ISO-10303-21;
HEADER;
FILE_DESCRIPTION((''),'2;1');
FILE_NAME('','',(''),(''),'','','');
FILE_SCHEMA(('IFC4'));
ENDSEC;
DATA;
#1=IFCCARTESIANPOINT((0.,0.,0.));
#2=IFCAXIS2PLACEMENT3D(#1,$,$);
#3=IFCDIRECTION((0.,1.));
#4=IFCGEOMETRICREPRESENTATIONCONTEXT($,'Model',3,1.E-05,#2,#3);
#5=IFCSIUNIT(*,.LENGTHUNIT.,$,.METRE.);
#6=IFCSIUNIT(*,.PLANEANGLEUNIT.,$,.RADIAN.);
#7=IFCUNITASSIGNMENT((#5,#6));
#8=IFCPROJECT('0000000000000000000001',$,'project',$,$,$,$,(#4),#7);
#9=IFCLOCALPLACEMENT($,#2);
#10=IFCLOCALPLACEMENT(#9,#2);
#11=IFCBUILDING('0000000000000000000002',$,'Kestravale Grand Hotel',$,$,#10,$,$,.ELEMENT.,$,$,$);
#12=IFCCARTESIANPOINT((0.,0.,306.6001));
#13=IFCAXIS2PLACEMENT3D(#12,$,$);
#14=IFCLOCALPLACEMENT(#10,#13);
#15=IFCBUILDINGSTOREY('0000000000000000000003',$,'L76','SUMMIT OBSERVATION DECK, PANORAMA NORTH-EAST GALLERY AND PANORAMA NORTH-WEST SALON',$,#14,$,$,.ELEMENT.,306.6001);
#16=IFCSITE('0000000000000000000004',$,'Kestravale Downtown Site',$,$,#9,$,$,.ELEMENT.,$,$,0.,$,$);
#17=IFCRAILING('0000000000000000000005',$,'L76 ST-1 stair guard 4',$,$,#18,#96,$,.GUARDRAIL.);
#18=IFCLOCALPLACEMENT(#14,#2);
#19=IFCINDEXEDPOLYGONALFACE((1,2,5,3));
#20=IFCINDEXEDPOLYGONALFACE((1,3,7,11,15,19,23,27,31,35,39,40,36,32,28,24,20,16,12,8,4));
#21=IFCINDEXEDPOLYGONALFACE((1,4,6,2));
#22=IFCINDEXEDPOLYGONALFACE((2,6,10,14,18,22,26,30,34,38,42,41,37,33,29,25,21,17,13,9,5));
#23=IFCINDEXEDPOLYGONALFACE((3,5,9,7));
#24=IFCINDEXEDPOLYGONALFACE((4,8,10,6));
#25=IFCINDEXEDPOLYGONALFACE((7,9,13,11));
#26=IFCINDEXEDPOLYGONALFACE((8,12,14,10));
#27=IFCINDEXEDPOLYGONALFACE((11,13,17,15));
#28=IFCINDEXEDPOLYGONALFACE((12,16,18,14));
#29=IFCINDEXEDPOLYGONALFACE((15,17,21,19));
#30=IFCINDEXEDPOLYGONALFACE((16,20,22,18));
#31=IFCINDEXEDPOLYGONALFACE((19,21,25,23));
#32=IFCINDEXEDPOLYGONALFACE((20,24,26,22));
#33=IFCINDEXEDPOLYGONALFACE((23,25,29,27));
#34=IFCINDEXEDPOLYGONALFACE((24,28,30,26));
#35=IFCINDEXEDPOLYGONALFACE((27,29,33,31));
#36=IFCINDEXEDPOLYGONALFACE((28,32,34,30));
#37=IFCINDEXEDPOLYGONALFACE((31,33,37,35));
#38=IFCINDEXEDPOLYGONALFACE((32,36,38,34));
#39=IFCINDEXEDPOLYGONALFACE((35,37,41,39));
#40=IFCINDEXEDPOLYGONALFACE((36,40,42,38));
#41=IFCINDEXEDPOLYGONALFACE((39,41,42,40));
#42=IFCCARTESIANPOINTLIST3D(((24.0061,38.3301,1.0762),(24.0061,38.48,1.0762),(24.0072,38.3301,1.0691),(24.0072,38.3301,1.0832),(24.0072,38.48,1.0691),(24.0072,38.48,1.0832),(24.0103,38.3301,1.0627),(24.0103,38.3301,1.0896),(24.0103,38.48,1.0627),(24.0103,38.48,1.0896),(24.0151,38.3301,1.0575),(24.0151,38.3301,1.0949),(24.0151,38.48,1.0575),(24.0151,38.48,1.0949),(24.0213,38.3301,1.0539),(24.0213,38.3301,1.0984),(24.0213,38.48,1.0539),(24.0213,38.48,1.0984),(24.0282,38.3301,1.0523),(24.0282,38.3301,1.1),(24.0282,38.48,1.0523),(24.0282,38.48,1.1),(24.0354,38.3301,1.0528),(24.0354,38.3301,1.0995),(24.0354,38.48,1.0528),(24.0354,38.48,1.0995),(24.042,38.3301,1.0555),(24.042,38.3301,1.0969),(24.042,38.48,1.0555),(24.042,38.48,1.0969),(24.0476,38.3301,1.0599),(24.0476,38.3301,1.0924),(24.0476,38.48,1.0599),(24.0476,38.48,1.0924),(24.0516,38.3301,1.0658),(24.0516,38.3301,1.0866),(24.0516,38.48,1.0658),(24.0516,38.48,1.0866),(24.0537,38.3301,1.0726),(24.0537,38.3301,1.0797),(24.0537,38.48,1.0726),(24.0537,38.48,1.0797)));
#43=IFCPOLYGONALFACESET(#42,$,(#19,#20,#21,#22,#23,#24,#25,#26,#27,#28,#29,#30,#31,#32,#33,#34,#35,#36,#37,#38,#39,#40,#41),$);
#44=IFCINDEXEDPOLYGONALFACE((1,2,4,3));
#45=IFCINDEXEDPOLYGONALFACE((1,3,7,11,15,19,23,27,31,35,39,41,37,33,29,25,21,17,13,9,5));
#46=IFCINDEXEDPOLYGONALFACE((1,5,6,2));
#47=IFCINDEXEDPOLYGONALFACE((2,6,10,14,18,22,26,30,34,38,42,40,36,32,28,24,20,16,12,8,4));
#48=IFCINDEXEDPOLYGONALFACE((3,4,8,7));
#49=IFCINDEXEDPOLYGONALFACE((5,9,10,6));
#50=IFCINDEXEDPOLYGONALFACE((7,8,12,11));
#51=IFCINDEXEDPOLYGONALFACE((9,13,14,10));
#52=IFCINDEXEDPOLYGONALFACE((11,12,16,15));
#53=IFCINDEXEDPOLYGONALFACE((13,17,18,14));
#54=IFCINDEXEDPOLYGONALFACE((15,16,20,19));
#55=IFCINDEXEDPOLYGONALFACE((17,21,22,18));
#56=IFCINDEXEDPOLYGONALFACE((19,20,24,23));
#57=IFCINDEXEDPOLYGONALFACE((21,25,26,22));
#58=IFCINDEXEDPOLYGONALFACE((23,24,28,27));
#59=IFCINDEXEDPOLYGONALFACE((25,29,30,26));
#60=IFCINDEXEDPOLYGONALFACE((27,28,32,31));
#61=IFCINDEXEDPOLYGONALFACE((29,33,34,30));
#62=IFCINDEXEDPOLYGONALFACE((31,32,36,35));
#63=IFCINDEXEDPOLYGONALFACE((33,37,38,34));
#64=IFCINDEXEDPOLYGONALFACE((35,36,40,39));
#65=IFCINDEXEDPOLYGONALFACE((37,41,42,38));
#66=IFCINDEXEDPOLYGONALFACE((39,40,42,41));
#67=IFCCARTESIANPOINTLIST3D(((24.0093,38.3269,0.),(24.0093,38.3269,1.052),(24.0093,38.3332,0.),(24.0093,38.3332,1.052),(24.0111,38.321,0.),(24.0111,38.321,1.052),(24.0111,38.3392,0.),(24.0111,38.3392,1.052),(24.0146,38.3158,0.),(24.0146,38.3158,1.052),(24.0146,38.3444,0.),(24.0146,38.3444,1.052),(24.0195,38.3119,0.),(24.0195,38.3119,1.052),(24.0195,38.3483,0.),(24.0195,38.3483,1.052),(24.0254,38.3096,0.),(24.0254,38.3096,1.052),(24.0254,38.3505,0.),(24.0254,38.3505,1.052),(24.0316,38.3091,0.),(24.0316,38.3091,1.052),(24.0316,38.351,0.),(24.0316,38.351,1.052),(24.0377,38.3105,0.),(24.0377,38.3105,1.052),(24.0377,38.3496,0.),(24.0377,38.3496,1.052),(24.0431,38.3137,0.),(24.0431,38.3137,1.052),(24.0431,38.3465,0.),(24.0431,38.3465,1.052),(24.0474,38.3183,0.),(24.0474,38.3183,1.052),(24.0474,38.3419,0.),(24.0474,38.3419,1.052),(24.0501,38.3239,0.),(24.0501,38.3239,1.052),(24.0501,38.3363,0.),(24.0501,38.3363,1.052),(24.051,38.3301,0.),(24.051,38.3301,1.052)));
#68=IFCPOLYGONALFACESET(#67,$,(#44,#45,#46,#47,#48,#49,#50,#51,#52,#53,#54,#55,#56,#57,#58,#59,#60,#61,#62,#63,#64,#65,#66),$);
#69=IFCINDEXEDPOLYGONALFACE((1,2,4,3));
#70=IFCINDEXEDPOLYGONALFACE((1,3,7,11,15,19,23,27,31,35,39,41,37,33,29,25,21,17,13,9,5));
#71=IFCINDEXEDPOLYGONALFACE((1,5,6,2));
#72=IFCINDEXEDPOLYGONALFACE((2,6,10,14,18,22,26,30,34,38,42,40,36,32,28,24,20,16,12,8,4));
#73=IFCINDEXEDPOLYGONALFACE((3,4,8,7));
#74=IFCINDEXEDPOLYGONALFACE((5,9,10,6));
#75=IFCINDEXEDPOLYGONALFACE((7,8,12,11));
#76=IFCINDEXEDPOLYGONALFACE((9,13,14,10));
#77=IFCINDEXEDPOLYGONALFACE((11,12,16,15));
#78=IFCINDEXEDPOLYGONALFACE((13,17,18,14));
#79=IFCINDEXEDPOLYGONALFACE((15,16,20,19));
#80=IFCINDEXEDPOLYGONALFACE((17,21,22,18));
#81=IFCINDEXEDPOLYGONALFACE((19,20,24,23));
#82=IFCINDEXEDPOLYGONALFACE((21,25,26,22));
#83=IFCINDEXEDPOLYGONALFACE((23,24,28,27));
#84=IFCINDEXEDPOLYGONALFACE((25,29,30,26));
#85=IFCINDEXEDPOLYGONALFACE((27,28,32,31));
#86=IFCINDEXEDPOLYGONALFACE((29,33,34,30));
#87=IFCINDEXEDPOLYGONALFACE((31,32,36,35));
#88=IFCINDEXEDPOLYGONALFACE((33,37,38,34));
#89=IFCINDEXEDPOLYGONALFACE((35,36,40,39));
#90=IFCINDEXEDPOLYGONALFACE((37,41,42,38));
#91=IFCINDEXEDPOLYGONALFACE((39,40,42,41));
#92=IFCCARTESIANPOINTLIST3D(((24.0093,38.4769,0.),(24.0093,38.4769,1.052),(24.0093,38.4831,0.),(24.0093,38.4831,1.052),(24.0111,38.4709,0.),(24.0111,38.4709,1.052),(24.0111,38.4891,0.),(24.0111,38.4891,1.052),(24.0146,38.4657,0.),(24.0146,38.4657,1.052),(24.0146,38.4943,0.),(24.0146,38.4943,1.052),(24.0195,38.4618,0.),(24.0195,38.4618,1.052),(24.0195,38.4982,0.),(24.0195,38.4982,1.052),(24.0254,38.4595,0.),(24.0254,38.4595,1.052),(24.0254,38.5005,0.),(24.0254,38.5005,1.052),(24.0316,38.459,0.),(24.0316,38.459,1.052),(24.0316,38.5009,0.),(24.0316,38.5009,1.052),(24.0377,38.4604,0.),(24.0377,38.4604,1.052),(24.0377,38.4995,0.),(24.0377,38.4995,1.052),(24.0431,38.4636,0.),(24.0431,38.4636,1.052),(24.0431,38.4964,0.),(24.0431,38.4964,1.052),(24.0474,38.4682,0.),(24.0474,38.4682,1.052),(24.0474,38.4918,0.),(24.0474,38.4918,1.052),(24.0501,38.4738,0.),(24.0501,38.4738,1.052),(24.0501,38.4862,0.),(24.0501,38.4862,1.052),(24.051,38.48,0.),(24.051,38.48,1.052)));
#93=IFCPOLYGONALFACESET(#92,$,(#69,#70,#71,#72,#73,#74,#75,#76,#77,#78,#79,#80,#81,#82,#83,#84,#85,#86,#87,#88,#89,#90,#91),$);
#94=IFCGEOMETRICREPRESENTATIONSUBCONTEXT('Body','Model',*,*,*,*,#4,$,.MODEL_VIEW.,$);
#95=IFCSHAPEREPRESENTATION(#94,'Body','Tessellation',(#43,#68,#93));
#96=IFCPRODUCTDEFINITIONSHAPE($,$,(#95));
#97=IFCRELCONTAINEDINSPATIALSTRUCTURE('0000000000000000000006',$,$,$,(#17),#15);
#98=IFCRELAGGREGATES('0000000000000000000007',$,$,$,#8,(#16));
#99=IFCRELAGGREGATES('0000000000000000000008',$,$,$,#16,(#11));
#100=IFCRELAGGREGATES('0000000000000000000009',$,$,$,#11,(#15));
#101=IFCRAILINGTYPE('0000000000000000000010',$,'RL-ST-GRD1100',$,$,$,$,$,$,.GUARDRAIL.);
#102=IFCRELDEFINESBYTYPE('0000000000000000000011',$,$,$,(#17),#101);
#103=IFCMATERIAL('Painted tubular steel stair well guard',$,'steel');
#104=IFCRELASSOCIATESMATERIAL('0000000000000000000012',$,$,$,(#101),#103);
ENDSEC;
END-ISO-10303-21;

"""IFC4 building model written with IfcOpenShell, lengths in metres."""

from ifc_helpers import new_model, si_unit, direction, frame, origin, origin_2d, place, context, subcontext, project, spatial, circle, extrude, material, type_object, element, save


model = new_model("IFC4")

# Units and contexts
model_context = context("Model", 3, precision=1e-05, world=origin(), true_north=direction((0.0, 1.0)))
body_context = subcontext(model_context, "Body", "Model", "MODEL_VIEW")
ifc_project = project(units=[si_unit("LENGTHUNIT", "METRE"), si_unit("PLANEANGLEUNIT", "RADIAN")], contexts=[model_context])

# Site, building, storey
site_placement = place(None, origin())
site = spatial("IfcSite", under=ifc_project, at=site_placement, Name="Kestravale Downtown Site", CompositionType="ELEMENT", RefElevation=0.0)
building_placement = place(site_placement, origin())
building = spatial("IfcBuilding", under=site, at=building_placement, Name="Kestravale Grand Hotel", CompositionType="ELEMENT")
storey_placement = place(building_placement, frame((0.0, 0.0, 306.6001)))
storey = spatial("IfcBuildingStorey", under=building, at=storey_placement, Name="L76", Description="SUMMIT OBSERVATION DECK, PANORAMA NORTH-EAST GALLERY AND PANORAMA NORTH-WEST SALON", CompositionType="ELEMENT", Elevation=306.6001)

# Railing
ifc_material_1 = material(Name="Painted tubular steel stair well guard", Category="steel")
railing_type_1 = type_object("IfcRailingType", Name="RL-ST-GRD1100", PredefinedType="GUARDRAIL", material=ifc_material_1)
railing_1_placement = place(storey_placement, frame((24.03, 38.3301, 0.0)))
element("IfcRailing", 1, at=railing_1_placement, inside=storey, type_object=railing_type_1, Name="L76 ST-1 stair guard 4", PredefinedType="GUARDRAIL", context=body_context, shape_type="SweptSolid", body=[
    extrude(circle(Radius=0.0239, at=origin_2d()), frame((0.0, 0.0, 1.0762), z_axis=(0.0, 1.0, 0.0), x_axis=(-1.0, 0.0, 0.0)), (0.0, 0.0, 1.0), 0.1499),
    extrude(circle(Radius=0.021, at=origin_2d()), origin(), (0.0, 0.0, 1.0), 1.052),
    extrude(circle(Radius=0.021, at=origin_2d()), frame((0.0, 0.1499, 0.0)), (0.0, 0.0, 1.0), 1.052),
])

save(model, "model.ifc")
